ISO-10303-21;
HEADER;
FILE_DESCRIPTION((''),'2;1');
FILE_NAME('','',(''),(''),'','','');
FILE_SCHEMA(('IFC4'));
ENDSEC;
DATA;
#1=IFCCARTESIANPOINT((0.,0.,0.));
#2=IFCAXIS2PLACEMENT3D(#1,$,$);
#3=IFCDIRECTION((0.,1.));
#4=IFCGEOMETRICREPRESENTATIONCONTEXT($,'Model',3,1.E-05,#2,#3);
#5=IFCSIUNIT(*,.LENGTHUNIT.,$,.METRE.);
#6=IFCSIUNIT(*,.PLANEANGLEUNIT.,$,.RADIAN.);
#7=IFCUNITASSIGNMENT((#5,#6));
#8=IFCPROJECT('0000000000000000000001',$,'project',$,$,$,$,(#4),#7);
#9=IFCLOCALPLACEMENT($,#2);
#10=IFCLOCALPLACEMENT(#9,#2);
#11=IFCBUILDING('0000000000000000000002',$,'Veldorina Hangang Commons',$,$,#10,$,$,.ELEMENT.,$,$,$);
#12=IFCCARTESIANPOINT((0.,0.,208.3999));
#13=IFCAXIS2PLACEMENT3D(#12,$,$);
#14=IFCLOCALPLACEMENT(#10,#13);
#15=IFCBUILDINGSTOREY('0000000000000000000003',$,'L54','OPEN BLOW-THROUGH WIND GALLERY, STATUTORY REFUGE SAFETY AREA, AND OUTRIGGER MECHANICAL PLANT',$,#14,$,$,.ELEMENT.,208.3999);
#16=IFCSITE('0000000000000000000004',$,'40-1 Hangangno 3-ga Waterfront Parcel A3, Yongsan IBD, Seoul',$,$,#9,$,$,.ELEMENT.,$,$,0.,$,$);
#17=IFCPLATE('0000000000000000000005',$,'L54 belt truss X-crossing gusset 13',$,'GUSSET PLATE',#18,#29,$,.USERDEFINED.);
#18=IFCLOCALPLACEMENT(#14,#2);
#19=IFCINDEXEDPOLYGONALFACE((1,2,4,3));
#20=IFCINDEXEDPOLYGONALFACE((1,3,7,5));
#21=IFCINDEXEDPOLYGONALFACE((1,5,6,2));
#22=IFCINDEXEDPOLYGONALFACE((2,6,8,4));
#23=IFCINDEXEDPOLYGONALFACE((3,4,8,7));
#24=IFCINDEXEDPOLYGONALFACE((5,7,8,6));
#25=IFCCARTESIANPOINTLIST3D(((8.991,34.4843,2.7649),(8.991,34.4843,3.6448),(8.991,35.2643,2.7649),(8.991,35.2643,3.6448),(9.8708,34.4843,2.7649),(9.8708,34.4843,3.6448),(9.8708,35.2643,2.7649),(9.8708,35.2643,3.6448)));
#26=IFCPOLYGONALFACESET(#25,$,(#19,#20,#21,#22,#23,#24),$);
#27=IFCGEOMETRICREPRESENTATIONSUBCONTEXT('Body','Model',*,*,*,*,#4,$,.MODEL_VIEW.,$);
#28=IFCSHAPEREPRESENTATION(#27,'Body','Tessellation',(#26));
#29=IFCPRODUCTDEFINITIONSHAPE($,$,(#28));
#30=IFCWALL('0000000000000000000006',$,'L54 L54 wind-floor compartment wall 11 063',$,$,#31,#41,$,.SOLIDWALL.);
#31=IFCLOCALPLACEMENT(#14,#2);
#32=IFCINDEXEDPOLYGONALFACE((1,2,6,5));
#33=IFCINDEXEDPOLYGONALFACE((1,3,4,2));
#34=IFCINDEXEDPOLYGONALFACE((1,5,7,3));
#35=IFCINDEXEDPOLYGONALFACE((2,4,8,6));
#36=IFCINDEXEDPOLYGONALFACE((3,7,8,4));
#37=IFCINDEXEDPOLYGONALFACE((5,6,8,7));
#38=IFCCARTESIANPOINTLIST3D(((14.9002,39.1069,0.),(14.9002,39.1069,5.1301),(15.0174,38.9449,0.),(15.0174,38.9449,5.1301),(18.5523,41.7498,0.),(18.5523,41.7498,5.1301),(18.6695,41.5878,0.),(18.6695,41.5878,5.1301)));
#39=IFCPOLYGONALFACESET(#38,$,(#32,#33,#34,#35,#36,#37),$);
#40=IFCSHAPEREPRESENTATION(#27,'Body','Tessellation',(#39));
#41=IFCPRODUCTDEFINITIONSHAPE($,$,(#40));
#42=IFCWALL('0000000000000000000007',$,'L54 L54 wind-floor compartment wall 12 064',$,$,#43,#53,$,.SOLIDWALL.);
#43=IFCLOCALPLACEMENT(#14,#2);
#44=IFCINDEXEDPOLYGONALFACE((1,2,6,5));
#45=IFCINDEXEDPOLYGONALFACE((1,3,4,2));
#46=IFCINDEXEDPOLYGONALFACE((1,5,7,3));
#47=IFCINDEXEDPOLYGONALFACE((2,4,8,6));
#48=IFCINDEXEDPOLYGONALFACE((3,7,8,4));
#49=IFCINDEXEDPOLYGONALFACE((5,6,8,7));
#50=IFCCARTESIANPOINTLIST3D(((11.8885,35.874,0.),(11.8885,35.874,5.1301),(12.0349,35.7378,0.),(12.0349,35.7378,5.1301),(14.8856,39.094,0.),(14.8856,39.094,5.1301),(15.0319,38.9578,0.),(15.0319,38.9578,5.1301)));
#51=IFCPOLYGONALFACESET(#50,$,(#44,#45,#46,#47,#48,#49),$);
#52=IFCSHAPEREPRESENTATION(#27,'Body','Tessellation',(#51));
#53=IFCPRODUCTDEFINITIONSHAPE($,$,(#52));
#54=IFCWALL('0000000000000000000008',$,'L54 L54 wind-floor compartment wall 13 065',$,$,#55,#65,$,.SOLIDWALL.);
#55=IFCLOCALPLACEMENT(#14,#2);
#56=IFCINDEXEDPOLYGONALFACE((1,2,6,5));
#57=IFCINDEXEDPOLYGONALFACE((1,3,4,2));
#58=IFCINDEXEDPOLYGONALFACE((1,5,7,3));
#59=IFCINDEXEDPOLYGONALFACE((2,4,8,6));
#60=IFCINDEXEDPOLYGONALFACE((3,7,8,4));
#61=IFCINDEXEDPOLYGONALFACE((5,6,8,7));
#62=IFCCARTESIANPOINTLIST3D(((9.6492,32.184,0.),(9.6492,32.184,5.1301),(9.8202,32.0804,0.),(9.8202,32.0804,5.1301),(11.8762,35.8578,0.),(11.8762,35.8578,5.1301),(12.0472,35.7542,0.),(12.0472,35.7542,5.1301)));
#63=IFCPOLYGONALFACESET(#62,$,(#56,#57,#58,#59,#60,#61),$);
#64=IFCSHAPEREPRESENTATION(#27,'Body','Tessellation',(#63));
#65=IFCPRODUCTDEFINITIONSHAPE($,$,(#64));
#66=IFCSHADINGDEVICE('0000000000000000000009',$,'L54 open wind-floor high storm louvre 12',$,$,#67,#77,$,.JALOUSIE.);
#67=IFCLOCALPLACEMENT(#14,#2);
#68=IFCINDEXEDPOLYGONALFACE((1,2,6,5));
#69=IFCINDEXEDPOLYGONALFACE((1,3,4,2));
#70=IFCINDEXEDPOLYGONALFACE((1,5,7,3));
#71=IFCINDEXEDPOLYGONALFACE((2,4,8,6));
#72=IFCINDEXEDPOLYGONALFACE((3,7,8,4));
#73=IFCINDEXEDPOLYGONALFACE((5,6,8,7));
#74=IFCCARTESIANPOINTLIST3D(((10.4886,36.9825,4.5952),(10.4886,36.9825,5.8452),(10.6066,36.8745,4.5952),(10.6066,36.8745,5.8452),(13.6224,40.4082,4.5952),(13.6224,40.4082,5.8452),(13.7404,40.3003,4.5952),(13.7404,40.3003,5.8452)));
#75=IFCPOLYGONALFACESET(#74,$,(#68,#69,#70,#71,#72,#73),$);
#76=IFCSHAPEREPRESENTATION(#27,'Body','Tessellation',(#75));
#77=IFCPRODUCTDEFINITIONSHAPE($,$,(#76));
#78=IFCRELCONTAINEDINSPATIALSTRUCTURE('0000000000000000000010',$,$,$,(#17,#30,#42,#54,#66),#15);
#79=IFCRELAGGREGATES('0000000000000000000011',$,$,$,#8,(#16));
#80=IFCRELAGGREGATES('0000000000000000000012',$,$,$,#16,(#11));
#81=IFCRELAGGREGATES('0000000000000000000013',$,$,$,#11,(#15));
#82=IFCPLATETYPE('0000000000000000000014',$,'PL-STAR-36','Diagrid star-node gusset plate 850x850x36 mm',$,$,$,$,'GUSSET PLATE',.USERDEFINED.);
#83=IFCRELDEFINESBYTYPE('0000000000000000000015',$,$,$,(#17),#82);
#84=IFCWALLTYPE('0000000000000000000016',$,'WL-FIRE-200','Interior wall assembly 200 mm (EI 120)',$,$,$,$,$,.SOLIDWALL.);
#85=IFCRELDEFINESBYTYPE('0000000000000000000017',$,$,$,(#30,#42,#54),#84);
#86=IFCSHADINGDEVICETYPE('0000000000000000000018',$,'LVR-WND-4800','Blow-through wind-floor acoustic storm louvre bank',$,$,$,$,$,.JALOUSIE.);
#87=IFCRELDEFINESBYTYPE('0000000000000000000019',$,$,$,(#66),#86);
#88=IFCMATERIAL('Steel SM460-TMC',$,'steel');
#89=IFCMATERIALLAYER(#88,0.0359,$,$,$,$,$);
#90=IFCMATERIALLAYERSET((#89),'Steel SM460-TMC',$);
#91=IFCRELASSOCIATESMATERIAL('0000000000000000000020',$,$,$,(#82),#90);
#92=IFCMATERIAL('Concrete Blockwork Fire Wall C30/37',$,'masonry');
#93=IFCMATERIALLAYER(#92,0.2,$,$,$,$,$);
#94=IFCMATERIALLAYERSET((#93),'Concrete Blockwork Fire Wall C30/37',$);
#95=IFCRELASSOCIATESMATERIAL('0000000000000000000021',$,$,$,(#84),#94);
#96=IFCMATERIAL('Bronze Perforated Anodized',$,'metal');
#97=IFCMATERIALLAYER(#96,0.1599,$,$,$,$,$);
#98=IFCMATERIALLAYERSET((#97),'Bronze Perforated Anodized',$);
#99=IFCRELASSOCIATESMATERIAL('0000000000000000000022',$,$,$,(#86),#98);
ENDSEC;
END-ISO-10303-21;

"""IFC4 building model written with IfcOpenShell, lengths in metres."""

from ifc_helpers import new_model, si_unit, direction, frame, frame_2d, origin, origin_2d, place, context, subcontext, project, spatial, rectangle, extrude, material, layer, layer_set, type_object, element, save


model = new_model("IFC4")

# Units and contexts
model_context = context("Model", 3, precision=1e-05, world=origin(), true_north=direction((0.0, 1.0)))
body_context = subcontext(model_context, "Body", "Model", "MODEL_VIEW")
ifc_project = project(units=[si_unit("LENGTHUNIT", "METRE"), si_unit("PLANEANGLEUNIT", "RADIAN")], contexts=[model_context])

# Site, building, storey
site_placement = place(None, origin())
site = spatial("IfcSite", under=ifc_project, at=site_placement, Name="40-1 Hangangno 3-ga Waterfront Parcel A3, Yongsan IBD, Seoul", CompositionType="ELEMENT", RefElevation=0.0)
building_placement = place(site_placement, origin())
building = spatial("IfcBuilding", under=site, at=building_placement, Name="Veldorina Hangang Commons", CompositionType="ELEMENT")
storey_placement = place(building_placement, frame((0.0, 0.0, 208.3999)))
storey = spatial("IfcBuildingStorey", under=building, at=storey_placement, Name="L54", Description="OPEN BLOW-THROUGH WIND GALLERY, STATUTORY REFUGE SAFETY AREA, AND OUTRIGGER MECHANICAL PLANT", CompositionType="ELEMENT", Elevation=208.3999)

# Shared definitions
ifc_material_1 = material(Name="Steel SM460-TMC", Category="steel")

# Plate
ifc_layer_1 = layer(ifc_material_1, 0.0359)
ifc_layer_set_1 = layer_set([ifc_layer_1], Name="Steel SM460-TMC")
plate_type_1 = type_object("IfcPlateType", Name="PL-STAR-36", Description="Diagrid star-node gusset plate 850x850x36 mm", ElementType="GUSSET PLATE", PredefinedType="USERDEFINED", material=ifc_layer_set_1)
for number, where, z_axis, x_axis, name in (
    (1, (9.4309, 34.8743, 2.7649), (0.0, 0.0, 1.0), (1.0, 0.0, 0.0), "L54 belt truss X-crossing gusset 13"),
):
    element("IfcPlate", number, at=place(storey_placement, frame(where, z_axis=z_axis, x_axis=x_axis)), inside=storey, type_object=plate_type_1, Name=name, ObjectType="GUSSET PLATE", PredefinedType="USERDEFINED", context=body_context, shape_type="SweptSolid", body=[
        extrude(rectangle(XDim=0.8799, YDim=0.78, at=origin_2d()), origin(), (0.0, 0.0, 1.0), 0.8799),
    ])

# Walls
ifc_material_2 = material(Name="Concrete Blockwork Fire Wall C30/37", Category="masonry")
ifc_layer_2 = layer(ifc_material_2, 0.2)
ifc_layer_set_2 = layer_set([ifc_layer_2], Name="Concrete Blockwork Fire Wall C30/37")
wall_type = type_object("IfcWallType", Name="WL-FIRE-200", Description="Interior wall assembly 200 mm (EI 120)", PredefinedType="SOLIDWALL", material=ifc_layer_set_2)
wall_1_placement = place(storey_placement, frame((18.6108, 41.6687, 0.0), z_axis=(0.0, 0.0, 1.0), x_axis=(-0.810132, -0.586248, 0.0)))
element("IfcWall", 2, at=wall_1_placement, inside=storey, type_object=wall_type, Name="L54 L54 wind-floor compartment wall 11 063", PredefinedType="SOLIDWALL", context=body_context, shape_type="SweptSolid", body=[
    extrude(rectangle(XDim=4.5081, YDim=0.2, at=frame_2d((2.2539, 0.0))), origin(), (0.0, 0.0, 1.0), 5.1301),
])
wall_2_placement = place(storey_placement, frame((14.9587, 39.0259, 0.0), z_axis=(0.0, 0.0, 1.0), x_axis=(-0.681317, -0.731988, 0.0)))
element("IfcWall", 3, at=wall_2_placement, inside=storey, type_object=wall_type, Name="L54 L54 wind-floor compartment wall 12 064", PredefinedType="SOLIDWALL", context=body_context, shape_type="SweptSolid", body=[
    extrude(rectangle(XDim=4.3989, YDim=0.2, at=frame_2d((2.1995, 0.0))), origin(), (0.0, 0.0, 1.0), 5.1301),
])
wall_3_placement = place(storey_placement, frame((11.9617, 35.8059, 0.0), z_axis=(0.0, 0.0, 1.0), x_axis=(-0.518385, -0.855147, 0.0)))
element("IfcWall", 4, at=wall_3_placement, inside=storey, type_object=wall_type, Name="L54 L54 wind-floor compartment wall 13 065", PredefinedType="SOLIDWALL", context=body_context, shape_type="SweptSolid", body=[
    extrude(rectangle(XDim=4.2961, YDim=0.2, at=frame_2d((2.1479, 0.0))), origin(), (0.0, 0.0, 1.0), 5.1301),
])

# Shading device
ifc_material_3 = material(Name="Bronze Perforated Anodized", Category="metal")
ifc_layer_3 = layer(ifc_material_3, 0.1599)
ifc_layer_set_3 = layer_set([ifc_layer_3], Name="Bronze Perforated Anodized")
shading_device_type = type_object("IfcShadingDeviceType", Name="LVR-WND-4800", Description="Blow-through wind-floor acoustic storm louvre bank", PredefinedType="JALOUSIE", material=ifc_layer_set_3)
shading_device_placement = place(storey_placement, frame((12.1145, 38.6414, 4.5952), z_axis=(0.0, 0.0, 1.0), x_axis=(-0.674959, -0.737855, 0.0)))
element("IfcShadingDevice", 5, at=shading_device_placement, inside=storey, type_object=shading_device_type, Name="L54 open wind-floor high storm louvre 12", PredefinedType="JALOUSIE", context=body_context, shape_type="SweptSolid", body=[
    extrude(rectangle(XDim=4.6428, YDim=0.1599, at=origin_2d()), origin(), (0.0, 0.0, 1.0), 1.25),
])

save(model, "model.ifc")
